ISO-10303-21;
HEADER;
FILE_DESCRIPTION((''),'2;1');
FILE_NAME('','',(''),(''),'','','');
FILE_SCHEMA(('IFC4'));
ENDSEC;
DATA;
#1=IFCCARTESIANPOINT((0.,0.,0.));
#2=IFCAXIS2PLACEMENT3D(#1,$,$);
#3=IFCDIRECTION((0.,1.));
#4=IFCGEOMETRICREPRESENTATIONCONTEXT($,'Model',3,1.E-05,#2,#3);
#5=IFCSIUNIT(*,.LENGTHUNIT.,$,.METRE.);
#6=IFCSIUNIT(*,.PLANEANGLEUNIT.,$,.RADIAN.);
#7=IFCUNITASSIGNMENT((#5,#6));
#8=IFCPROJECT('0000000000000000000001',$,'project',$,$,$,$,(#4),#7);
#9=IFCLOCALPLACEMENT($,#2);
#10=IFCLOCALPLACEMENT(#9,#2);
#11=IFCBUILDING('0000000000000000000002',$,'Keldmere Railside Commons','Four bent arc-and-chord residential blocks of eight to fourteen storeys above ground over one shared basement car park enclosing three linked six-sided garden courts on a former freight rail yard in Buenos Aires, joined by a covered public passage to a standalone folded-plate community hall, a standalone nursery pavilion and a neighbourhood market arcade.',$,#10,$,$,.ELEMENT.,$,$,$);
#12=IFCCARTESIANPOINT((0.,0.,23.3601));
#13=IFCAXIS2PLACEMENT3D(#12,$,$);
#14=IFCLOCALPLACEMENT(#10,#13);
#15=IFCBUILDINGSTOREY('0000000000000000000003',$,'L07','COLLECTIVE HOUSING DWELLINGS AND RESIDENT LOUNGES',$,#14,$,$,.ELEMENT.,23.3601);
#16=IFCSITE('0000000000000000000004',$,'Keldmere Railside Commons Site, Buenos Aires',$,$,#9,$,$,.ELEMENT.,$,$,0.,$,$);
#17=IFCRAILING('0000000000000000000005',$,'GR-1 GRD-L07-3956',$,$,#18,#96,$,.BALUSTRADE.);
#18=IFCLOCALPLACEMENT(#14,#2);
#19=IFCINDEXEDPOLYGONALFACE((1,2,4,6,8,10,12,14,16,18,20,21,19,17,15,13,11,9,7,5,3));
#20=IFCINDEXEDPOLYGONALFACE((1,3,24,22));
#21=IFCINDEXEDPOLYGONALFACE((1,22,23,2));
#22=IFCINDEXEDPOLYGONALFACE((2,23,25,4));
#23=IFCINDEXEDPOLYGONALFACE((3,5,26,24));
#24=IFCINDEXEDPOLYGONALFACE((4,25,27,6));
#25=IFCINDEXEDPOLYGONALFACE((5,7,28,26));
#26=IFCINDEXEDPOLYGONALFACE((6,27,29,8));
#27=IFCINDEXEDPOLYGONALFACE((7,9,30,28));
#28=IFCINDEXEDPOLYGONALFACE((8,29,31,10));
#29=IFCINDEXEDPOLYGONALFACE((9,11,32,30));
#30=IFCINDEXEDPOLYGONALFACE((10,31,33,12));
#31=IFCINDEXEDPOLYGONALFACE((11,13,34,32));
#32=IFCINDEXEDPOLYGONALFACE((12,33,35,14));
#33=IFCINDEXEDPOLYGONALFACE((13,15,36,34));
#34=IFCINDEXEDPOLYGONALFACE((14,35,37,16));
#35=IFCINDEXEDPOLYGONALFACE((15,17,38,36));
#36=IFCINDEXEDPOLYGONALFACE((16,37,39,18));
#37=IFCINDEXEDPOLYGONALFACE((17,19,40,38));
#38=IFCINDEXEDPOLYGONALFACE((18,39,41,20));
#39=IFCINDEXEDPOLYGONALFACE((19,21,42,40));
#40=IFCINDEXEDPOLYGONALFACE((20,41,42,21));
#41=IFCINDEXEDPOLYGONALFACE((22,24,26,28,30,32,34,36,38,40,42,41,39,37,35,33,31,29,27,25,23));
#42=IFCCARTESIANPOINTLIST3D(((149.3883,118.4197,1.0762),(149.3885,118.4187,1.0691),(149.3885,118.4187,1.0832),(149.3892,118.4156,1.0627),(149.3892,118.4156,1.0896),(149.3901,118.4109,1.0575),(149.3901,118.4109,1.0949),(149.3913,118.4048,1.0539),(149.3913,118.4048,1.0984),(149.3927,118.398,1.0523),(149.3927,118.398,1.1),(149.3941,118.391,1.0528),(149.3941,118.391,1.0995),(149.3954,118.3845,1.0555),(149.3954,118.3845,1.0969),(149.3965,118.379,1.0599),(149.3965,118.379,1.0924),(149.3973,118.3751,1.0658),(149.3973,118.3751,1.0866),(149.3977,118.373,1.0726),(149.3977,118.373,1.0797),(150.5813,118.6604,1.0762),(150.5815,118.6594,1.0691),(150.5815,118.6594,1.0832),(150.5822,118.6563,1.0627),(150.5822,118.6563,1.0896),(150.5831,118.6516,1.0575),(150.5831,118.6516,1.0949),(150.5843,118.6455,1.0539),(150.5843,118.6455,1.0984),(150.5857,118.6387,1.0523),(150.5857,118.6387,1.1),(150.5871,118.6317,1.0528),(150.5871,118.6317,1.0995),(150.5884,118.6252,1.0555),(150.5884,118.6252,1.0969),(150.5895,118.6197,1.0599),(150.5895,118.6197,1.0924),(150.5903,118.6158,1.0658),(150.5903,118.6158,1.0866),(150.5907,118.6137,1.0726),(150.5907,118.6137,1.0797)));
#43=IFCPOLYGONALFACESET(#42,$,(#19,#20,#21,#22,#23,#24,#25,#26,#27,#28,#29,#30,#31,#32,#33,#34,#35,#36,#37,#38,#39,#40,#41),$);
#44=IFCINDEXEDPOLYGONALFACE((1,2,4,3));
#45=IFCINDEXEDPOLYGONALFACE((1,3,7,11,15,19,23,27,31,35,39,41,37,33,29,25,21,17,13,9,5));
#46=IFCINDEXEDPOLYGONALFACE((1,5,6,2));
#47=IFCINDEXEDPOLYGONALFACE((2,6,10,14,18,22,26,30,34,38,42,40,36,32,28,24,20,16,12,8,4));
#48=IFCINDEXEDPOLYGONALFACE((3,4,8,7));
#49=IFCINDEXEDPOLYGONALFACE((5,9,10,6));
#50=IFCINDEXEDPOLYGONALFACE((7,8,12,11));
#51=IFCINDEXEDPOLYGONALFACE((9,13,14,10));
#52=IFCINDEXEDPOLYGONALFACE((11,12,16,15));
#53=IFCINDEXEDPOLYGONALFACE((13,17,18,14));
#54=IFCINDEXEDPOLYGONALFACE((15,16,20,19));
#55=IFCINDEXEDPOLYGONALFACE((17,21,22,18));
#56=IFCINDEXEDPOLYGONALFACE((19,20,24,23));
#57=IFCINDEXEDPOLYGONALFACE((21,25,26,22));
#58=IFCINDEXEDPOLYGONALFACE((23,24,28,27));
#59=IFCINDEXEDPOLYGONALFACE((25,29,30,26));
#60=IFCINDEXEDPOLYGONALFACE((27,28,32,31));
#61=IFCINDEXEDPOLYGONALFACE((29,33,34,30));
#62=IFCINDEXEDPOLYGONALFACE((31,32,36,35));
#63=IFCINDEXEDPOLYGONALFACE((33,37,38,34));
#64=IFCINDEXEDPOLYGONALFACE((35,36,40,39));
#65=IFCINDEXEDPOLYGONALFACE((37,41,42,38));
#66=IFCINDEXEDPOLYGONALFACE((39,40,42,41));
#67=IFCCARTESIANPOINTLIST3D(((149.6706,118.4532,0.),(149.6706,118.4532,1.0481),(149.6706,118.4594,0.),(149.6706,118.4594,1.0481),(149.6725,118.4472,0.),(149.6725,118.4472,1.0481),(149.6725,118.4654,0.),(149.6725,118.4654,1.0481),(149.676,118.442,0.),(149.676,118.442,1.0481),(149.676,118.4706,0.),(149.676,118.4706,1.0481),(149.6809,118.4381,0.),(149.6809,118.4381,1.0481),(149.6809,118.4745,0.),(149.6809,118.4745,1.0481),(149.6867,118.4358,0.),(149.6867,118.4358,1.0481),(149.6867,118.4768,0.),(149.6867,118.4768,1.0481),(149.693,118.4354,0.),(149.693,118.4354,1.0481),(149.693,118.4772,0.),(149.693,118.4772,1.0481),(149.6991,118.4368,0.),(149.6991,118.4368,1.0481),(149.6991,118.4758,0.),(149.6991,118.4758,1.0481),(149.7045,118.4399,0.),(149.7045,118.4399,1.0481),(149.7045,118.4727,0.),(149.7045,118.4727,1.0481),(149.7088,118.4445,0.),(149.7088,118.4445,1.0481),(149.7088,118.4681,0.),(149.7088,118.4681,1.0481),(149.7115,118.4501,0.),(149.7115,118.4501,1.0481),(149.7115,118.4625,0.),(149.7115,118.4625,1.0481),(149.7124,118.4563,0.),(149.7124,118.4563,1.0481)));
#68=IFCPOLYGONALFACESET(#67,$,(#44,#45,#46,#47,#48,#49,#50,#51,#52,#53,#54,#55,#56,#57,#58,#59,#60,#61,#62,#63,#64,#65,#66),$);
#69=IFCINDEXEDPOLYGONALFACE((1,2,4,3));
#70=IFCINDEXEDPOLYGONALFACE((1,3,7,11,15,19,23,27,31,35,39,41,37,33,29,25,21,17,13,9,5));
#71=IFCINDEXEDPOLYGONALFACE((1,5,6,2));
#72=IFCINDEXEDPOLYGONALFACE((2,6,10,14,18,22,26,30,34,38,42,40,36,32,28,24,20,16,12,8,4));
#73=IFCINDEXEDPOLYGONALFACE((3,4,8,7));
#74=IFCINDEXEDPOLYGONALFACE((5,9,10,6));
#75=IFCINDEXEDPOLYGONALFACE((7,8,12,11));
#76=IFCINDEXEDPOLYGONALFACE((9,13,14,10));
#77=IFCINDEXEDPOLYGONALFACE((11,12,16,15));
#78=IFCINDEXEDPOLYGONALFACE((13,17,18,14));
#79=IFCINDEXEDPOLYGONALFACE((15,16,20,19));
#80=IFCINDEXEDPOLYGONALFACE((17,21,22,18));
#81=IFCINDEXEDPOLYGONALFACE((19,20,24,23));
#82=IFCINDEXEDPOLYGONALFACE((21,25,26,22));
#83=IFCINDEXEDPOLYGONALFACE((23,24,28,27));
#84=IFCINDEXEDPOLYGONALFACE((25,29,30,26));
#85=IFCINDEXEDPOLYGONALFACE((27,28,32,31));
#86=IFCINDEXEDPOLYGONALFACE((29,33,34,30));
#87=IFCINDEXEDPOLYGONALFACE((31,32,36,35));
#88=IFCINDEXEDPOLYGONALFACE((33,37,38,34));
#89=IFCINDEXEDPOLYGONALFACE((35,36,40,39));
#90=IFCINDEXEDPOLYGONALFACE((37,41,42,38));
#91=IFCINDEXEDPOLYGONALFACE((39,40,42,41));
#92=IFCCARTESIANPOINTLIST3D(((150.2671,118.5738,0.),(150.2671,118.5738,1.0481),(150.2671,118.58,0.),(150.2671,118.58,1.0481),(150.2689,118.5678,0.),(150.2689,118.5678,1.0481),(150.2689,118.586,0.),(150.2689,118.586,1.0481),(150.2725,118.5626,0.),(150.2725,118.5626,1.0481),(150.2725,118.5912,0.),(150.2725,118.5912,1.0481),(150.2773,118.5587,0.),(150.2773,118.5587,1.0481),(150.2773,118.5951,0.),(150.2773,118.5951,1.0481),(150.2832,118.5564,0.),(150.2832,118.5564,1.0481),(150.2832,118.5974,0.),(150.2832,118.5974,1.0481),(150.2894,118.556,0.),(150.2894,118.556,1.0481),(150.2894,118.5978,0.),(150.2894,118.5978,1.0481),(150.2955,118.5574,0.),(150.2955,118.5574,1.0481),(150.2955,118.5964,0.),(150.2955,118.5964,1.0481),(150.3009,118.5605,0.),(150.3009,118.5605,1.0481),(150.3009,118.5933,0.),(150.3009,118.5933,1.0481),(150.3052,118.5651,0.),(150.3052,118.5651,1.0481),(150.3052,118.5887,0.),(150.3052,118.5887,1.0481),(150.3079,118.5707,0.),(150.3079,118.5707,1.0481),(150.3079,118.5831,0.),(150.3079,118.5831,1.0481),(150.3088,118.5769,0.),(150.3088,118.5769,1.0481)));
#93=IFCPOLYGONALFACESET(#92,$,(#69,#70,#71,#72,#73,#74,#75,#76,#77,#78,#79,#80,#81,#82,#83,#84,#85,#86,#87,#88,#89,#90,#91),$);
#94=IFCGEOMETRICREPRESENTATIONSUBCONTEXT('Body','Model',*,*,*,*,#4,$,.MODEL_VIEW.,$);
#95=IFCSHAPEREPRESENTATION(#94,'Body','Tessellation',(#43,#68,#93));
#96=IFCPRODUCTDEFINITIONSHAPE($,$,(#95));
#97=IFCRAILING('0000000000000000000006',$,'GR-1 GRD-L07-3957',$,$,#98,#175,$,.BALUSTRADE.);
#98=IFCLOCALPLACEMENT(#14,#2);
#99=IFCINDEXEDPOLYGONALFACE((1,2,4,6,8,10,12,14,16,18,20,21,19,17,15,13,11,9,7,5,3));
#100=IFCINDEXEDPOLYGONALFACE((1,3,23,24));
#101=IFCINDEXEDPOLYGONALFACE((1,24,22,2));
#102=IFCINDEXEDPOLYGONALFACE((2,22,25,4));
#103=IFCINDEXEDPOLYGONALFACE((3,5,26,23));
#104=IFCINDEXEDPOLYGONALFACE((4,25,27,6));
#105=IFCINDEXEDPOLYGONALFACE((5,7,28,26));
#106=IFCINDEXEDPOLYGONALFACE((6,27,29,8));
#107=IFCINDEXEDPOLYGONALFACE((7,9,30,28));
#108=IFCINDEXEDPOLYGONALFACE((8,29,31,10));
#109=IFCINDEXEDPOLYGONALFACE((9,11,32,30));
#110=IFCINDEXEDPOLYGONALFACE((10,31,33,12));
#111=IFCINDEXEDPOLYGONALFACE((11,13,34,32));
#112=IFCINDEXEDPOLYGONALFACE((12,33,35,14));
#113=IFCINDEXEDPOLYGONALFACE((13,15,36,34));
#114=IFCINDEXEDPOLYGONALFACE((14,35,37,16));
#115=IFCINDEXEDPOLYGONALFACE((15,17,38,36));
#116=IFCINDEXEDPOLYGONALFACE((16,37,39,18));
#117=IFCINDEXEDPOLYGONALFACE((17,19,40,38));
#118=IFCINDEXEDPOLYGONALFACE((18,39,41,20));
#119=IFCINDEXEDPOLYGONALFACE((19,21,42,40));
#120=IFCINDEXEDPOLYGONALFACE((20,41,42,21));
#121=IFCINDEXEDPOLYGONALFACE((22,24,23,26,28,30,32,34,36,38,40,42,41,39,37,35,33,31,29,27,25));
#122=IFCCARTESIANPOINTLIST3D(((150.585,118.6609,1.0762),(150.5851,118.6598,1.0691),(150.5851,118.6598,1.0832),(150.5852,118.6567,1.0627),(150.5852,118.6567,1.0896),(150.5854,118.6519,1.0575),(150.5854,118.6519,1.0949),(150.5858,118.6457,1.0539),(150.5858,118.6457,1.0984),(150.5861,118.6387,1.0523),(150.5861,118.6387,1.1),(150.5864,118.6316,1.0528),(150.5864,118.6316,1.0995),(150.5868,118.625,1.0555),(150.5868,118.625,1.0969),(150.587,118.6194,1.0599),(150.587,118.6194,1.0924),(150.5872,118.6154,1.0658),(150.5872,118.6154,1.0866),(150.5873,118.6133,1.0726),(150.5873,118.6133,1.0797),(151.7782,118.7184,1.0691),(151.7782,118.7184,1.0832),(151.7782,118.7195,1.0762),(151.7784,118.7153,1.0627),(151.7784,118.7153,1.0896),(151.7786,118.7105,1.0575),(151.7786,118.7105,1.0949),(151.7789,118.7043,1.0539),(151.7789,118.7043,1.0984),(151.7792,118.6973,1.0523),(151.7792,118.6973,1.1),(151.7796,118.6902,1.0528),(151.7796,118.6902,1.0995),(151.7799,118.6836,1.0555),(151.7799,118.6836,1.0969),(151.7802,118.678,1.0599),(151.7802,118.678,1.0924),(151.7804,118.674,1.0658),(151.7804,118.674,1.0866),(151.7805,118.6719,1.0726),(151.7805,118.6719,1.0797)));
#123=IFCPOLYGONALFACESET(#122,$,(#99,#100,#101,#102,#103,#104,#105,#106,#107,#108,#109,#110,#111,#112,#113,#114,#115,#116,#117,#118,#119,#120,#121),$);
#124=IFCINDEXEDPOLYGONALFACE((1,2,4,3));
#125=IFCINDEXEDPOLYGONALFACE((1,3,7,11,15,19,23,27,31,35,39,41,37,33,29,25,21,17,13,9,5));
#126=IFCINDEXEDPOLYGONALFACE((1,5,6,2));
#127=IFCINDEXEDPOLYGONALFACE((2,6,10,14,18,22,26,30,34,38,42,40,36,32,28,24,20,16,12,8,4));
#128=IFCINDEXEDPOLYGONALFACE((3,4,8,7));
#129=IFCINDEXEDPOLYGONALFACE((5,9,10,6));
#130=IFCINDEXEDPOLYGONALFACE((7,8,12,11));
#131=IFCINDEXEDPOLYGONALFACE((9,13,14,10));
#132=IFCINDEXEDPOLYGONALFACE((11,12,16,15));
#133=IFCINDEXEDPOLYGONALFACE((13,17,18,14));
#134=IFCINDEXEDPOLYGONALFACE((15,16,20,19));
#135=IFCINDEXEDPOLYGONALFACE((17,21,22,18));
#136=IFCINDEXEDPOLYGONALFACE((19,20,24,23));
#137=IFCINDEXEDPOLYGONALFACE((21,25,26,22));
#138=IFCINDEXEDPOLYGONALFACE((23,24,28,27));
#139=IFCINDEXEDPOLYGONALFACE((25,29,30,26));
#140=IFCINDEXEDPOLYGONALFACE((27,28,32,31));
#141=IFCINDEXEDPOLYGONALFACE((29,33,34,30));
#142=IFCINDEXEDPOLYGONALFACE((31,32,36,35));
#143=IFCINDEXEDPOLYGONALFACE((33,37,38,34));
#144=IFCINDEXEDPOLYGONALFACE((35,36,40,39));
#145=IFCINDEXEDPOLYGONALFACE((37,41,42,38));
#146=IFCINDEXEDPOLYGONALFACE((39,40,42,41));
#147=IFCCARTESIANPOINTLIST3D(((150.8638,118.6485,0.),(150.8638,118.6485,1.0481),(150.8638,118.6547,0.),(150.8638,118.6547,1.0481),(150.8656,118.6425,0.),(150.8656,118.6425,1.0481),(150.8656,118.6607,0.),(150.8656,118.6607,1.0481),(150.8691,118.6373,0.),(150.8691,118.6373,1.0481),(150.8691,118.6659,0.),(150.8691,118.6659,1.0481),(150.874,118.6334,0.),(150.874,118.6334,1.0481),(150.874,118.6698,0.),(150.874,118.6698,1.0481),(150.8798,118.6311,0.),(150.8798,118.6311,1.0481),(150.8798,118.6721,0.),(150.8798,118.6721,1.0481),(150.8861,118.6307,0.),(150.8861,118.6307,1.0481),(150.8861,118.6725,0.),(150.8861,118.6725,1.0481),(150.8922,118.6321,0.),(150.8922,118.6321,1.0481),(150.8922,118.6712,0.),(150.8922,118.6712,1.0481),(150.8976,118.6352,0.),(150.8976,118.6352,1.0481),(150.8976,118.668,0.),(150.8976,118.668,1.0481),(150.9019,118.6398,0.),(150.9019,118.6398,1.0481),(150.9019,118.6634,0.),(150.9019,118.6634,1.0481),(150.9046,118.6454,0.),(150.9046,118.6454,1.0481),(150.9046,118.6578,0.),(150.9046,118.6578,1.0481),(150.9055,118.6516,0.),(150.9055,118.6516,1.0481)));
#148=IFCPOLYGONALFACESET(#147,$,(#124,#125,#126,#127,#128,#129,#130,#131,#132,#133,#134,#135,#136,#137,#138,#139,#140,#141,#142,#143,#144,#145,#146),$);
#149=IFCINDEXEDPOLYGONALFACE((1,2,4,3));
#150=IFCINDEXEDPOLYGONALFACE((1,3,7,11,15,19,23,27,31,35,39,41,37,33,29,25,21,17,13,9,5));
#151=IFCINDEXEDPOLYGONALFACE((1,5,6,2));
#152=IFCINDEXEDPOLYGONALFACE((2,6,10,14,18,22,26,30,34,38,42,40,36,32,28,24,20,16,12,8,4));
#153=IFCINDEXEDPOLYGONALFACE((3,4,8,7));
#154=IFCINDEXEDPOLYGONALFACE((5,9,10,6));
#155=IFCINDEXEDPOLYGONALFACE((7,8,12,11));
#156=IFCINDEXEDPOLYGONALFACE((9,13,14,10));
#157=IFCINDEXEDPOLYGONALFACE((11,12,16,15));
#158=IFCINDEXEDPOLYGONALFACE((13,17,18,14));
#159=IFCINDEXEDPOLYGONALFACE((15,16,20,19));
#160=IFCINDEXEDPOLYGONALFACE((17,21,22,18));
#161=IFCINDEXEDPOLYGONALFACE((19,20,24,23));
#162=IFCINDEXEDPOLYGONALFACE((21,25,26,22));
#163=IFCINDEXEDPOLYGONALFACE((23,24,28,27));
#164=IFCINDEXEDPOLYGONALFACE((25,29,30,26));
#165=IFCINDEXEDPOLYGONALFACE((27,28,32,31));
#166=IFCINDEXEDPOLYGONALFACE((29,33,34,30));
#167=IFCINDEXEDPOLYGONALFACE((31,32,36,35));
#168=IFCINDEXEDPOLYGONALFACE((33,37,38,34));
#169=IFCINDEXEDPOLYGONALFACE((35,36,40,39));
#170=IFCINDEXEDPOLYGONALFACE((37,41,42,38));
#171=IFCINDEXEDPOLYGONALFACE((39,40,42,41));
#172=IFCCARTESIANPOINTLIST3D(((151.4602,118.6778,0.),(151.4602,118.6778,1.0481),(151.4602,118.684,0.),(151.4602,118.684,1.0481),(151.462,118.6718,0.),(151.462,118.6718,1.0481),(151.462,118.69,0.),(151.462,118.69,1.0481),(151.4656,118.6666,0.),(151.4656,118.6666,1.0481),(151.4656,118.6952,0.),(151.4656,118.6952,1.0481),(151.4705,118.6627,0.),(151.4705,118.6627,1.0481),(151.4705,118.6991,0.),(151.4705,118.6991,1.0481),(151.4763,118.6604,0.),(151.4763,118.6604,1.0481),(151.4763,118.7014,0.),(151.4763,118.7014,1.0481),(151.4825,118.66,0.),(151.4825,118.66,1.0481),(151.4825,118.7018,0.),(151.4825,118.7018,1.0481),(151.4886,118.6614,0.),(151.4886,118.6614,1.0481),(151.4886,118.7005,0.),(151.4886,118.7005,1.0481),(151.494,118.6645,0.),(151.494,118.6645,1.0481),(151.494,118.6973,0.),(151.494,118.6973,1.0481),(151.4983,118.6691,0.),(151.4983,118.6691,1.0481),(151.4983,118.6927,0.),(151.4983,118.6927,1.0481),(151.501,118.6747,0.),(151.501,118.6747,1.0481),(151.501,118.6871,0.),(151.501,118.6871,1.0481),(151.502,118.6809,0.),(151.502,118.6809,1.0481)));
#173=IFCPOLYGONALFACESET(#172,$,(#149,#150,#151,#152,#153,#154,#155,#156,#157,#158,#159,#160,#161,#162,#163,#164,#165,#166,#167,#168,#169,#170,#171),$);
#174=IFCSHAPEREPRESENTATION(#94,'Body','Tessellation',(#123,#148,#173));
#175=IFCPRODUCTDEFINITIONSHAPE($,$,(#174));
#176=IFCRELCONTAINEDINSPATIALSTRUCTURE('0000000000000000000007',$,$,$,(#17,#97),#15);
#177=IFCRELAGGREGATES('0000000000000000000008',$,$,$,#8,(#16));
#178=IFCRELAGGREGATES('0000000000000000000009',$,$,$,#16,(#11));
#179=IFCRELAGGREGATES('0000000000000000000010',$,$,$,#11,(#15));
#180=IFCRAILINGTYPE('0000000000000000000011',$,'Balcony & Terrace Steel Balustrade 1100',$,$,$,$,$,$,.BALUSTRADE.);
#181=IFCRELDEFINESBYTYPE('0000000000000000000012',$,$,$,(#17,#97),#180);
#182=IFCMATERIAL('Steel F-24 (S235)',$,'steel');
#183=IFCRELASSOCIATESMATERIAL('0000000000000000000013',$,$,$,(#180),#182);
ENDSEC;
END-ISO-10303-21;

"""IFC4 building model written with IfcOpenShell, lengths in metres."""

from ifc_helpers import new_model, si_unit, direction, frame, origin, origin_2d, place, context, subcontext, project, spatial, circle, extrude, material, type_object, element, save


model = new_model("IFC4")

# Units and contexts
model_context = context("Model", 3, precision=1e-05, world=origin(), true_north=direction((0.0, 1.0)))
body_context = subcontext(model_context, "Body", "Model", "MODEL_VIEW")
ifc_project = project(units=[si_unit("LENGTHUNIT", "METRE"), si_unit("PLANEANGLEUNIT", "RADIAN")], contexts=[model_context])

# Site, building, storey
site_placement = place(None, origin())
site = spatial("IfcSite", under=ifc_project, at=site_placement, Name="Keldmere Railside Commons Site, Buenos Aires", CompositionType="ELEMENT", RefElevation=0.0)
building_placement = place(site_placement, origin())
building = spatial("IfcBuilding", under=site, at=building_placement, Name="Keldmere Railside Commons", Description="Four bent arc-and-chord residential blocks of eight to fourteen storeys above ground over one shared basement car park enclosing three linked six-sided garden courts on a former freight rail yard in Buenos Aires, joined by a covered public passage to a standalone folded-plate community hall, a standalone nursery pavilion and a neighbourhood market arcade.", CompositionType="ELEMENT")
storey_placement = place(building_placement, frame((0.0, 0.0, 23.3601)))
storey = spatial("IfcBuildingStorey", under=building, at=storey_placement, Name="L07", Description="COLLECTIVE HOUSING DWELLINGS AND RESIDENT LOUNGES", CompositionType="ELEMENT", Elevation=23.3601)

# Shared definitions
ifc_material_1 = material(Name="Steel F-24 (S235)", Category="steel")

# Railings
railing_type = type_object("IfcRailingType", Name="Balcony & Terrace Steel Balustrade 1100", PredefinedType="BALUSTRADE", material=ifc_material_1)
railing_1_placement = place(storey_placement, frame((149.3931, 118.3962, 0.0)))
element("IfcRailing", 1, at=railing_1_placement, inside=storey, type_object=railing_type, Name="GR-1 GRD-L07-3956", PredefinedType="BALUSTRADE", context=body_context, shape_type="SweptSolid", body=[
    extrude(circle(Radius=0.0239, at=origin_2d()), frame((0.0, 0.0, 1.0762), z_axis=(0.980248, 0.197775, 0.0), x_axis=(-0.197775, 0.980248, 0.0)), (0.0, 0.0, 1.0), 1.217),
    extrude(circle(Radius=0.021, at=origin_2d()), frame((0.2983, 0.0601, 0.0)), (0.0, 0.0, 1.0), 1.0481),
    extrude(circle(Radius=0.021, at=origin_2d()), frame((0.8948, 0.1807, 0.0)), (0.0, 0.0, 1.0), 1.0481),
])
railing_2_placement = place(storey_placement, frame((150.5862, 118.637, 0.0)))
element("IfcRailing", 2, at=railing_2_placement, inside=storey, type_object=railing_type, Name="GR-1 GRD-L07-3957", PredefinedType="BALUSTRADE", context=body_context, shape_type="SweptSolid", body=[
    extrude(circle(Radius=0.0239, at=origin_2d()), frame((0.0, 0.0, 1.0762), z_axis=(0.998796, 0.049051, 0.0), x_axis=(-0.049051, 0.998796, 0.0)), (0.0, 0.0, 1.0), 1.1946),
    extrude(circle(Radius=0.021, at=origin_2d()), frame((0.2983, 0.0146, 0.0)), (0.0, 0.0, 1.0), 1.0481),
    extrude(circle(Radius=0.021, at=origin_2d()), frame((0.8948, 0.0439, 0.0)), (0.0, 0.0, 1.0), 1.0481),
])

save(model, "model.ifc")
